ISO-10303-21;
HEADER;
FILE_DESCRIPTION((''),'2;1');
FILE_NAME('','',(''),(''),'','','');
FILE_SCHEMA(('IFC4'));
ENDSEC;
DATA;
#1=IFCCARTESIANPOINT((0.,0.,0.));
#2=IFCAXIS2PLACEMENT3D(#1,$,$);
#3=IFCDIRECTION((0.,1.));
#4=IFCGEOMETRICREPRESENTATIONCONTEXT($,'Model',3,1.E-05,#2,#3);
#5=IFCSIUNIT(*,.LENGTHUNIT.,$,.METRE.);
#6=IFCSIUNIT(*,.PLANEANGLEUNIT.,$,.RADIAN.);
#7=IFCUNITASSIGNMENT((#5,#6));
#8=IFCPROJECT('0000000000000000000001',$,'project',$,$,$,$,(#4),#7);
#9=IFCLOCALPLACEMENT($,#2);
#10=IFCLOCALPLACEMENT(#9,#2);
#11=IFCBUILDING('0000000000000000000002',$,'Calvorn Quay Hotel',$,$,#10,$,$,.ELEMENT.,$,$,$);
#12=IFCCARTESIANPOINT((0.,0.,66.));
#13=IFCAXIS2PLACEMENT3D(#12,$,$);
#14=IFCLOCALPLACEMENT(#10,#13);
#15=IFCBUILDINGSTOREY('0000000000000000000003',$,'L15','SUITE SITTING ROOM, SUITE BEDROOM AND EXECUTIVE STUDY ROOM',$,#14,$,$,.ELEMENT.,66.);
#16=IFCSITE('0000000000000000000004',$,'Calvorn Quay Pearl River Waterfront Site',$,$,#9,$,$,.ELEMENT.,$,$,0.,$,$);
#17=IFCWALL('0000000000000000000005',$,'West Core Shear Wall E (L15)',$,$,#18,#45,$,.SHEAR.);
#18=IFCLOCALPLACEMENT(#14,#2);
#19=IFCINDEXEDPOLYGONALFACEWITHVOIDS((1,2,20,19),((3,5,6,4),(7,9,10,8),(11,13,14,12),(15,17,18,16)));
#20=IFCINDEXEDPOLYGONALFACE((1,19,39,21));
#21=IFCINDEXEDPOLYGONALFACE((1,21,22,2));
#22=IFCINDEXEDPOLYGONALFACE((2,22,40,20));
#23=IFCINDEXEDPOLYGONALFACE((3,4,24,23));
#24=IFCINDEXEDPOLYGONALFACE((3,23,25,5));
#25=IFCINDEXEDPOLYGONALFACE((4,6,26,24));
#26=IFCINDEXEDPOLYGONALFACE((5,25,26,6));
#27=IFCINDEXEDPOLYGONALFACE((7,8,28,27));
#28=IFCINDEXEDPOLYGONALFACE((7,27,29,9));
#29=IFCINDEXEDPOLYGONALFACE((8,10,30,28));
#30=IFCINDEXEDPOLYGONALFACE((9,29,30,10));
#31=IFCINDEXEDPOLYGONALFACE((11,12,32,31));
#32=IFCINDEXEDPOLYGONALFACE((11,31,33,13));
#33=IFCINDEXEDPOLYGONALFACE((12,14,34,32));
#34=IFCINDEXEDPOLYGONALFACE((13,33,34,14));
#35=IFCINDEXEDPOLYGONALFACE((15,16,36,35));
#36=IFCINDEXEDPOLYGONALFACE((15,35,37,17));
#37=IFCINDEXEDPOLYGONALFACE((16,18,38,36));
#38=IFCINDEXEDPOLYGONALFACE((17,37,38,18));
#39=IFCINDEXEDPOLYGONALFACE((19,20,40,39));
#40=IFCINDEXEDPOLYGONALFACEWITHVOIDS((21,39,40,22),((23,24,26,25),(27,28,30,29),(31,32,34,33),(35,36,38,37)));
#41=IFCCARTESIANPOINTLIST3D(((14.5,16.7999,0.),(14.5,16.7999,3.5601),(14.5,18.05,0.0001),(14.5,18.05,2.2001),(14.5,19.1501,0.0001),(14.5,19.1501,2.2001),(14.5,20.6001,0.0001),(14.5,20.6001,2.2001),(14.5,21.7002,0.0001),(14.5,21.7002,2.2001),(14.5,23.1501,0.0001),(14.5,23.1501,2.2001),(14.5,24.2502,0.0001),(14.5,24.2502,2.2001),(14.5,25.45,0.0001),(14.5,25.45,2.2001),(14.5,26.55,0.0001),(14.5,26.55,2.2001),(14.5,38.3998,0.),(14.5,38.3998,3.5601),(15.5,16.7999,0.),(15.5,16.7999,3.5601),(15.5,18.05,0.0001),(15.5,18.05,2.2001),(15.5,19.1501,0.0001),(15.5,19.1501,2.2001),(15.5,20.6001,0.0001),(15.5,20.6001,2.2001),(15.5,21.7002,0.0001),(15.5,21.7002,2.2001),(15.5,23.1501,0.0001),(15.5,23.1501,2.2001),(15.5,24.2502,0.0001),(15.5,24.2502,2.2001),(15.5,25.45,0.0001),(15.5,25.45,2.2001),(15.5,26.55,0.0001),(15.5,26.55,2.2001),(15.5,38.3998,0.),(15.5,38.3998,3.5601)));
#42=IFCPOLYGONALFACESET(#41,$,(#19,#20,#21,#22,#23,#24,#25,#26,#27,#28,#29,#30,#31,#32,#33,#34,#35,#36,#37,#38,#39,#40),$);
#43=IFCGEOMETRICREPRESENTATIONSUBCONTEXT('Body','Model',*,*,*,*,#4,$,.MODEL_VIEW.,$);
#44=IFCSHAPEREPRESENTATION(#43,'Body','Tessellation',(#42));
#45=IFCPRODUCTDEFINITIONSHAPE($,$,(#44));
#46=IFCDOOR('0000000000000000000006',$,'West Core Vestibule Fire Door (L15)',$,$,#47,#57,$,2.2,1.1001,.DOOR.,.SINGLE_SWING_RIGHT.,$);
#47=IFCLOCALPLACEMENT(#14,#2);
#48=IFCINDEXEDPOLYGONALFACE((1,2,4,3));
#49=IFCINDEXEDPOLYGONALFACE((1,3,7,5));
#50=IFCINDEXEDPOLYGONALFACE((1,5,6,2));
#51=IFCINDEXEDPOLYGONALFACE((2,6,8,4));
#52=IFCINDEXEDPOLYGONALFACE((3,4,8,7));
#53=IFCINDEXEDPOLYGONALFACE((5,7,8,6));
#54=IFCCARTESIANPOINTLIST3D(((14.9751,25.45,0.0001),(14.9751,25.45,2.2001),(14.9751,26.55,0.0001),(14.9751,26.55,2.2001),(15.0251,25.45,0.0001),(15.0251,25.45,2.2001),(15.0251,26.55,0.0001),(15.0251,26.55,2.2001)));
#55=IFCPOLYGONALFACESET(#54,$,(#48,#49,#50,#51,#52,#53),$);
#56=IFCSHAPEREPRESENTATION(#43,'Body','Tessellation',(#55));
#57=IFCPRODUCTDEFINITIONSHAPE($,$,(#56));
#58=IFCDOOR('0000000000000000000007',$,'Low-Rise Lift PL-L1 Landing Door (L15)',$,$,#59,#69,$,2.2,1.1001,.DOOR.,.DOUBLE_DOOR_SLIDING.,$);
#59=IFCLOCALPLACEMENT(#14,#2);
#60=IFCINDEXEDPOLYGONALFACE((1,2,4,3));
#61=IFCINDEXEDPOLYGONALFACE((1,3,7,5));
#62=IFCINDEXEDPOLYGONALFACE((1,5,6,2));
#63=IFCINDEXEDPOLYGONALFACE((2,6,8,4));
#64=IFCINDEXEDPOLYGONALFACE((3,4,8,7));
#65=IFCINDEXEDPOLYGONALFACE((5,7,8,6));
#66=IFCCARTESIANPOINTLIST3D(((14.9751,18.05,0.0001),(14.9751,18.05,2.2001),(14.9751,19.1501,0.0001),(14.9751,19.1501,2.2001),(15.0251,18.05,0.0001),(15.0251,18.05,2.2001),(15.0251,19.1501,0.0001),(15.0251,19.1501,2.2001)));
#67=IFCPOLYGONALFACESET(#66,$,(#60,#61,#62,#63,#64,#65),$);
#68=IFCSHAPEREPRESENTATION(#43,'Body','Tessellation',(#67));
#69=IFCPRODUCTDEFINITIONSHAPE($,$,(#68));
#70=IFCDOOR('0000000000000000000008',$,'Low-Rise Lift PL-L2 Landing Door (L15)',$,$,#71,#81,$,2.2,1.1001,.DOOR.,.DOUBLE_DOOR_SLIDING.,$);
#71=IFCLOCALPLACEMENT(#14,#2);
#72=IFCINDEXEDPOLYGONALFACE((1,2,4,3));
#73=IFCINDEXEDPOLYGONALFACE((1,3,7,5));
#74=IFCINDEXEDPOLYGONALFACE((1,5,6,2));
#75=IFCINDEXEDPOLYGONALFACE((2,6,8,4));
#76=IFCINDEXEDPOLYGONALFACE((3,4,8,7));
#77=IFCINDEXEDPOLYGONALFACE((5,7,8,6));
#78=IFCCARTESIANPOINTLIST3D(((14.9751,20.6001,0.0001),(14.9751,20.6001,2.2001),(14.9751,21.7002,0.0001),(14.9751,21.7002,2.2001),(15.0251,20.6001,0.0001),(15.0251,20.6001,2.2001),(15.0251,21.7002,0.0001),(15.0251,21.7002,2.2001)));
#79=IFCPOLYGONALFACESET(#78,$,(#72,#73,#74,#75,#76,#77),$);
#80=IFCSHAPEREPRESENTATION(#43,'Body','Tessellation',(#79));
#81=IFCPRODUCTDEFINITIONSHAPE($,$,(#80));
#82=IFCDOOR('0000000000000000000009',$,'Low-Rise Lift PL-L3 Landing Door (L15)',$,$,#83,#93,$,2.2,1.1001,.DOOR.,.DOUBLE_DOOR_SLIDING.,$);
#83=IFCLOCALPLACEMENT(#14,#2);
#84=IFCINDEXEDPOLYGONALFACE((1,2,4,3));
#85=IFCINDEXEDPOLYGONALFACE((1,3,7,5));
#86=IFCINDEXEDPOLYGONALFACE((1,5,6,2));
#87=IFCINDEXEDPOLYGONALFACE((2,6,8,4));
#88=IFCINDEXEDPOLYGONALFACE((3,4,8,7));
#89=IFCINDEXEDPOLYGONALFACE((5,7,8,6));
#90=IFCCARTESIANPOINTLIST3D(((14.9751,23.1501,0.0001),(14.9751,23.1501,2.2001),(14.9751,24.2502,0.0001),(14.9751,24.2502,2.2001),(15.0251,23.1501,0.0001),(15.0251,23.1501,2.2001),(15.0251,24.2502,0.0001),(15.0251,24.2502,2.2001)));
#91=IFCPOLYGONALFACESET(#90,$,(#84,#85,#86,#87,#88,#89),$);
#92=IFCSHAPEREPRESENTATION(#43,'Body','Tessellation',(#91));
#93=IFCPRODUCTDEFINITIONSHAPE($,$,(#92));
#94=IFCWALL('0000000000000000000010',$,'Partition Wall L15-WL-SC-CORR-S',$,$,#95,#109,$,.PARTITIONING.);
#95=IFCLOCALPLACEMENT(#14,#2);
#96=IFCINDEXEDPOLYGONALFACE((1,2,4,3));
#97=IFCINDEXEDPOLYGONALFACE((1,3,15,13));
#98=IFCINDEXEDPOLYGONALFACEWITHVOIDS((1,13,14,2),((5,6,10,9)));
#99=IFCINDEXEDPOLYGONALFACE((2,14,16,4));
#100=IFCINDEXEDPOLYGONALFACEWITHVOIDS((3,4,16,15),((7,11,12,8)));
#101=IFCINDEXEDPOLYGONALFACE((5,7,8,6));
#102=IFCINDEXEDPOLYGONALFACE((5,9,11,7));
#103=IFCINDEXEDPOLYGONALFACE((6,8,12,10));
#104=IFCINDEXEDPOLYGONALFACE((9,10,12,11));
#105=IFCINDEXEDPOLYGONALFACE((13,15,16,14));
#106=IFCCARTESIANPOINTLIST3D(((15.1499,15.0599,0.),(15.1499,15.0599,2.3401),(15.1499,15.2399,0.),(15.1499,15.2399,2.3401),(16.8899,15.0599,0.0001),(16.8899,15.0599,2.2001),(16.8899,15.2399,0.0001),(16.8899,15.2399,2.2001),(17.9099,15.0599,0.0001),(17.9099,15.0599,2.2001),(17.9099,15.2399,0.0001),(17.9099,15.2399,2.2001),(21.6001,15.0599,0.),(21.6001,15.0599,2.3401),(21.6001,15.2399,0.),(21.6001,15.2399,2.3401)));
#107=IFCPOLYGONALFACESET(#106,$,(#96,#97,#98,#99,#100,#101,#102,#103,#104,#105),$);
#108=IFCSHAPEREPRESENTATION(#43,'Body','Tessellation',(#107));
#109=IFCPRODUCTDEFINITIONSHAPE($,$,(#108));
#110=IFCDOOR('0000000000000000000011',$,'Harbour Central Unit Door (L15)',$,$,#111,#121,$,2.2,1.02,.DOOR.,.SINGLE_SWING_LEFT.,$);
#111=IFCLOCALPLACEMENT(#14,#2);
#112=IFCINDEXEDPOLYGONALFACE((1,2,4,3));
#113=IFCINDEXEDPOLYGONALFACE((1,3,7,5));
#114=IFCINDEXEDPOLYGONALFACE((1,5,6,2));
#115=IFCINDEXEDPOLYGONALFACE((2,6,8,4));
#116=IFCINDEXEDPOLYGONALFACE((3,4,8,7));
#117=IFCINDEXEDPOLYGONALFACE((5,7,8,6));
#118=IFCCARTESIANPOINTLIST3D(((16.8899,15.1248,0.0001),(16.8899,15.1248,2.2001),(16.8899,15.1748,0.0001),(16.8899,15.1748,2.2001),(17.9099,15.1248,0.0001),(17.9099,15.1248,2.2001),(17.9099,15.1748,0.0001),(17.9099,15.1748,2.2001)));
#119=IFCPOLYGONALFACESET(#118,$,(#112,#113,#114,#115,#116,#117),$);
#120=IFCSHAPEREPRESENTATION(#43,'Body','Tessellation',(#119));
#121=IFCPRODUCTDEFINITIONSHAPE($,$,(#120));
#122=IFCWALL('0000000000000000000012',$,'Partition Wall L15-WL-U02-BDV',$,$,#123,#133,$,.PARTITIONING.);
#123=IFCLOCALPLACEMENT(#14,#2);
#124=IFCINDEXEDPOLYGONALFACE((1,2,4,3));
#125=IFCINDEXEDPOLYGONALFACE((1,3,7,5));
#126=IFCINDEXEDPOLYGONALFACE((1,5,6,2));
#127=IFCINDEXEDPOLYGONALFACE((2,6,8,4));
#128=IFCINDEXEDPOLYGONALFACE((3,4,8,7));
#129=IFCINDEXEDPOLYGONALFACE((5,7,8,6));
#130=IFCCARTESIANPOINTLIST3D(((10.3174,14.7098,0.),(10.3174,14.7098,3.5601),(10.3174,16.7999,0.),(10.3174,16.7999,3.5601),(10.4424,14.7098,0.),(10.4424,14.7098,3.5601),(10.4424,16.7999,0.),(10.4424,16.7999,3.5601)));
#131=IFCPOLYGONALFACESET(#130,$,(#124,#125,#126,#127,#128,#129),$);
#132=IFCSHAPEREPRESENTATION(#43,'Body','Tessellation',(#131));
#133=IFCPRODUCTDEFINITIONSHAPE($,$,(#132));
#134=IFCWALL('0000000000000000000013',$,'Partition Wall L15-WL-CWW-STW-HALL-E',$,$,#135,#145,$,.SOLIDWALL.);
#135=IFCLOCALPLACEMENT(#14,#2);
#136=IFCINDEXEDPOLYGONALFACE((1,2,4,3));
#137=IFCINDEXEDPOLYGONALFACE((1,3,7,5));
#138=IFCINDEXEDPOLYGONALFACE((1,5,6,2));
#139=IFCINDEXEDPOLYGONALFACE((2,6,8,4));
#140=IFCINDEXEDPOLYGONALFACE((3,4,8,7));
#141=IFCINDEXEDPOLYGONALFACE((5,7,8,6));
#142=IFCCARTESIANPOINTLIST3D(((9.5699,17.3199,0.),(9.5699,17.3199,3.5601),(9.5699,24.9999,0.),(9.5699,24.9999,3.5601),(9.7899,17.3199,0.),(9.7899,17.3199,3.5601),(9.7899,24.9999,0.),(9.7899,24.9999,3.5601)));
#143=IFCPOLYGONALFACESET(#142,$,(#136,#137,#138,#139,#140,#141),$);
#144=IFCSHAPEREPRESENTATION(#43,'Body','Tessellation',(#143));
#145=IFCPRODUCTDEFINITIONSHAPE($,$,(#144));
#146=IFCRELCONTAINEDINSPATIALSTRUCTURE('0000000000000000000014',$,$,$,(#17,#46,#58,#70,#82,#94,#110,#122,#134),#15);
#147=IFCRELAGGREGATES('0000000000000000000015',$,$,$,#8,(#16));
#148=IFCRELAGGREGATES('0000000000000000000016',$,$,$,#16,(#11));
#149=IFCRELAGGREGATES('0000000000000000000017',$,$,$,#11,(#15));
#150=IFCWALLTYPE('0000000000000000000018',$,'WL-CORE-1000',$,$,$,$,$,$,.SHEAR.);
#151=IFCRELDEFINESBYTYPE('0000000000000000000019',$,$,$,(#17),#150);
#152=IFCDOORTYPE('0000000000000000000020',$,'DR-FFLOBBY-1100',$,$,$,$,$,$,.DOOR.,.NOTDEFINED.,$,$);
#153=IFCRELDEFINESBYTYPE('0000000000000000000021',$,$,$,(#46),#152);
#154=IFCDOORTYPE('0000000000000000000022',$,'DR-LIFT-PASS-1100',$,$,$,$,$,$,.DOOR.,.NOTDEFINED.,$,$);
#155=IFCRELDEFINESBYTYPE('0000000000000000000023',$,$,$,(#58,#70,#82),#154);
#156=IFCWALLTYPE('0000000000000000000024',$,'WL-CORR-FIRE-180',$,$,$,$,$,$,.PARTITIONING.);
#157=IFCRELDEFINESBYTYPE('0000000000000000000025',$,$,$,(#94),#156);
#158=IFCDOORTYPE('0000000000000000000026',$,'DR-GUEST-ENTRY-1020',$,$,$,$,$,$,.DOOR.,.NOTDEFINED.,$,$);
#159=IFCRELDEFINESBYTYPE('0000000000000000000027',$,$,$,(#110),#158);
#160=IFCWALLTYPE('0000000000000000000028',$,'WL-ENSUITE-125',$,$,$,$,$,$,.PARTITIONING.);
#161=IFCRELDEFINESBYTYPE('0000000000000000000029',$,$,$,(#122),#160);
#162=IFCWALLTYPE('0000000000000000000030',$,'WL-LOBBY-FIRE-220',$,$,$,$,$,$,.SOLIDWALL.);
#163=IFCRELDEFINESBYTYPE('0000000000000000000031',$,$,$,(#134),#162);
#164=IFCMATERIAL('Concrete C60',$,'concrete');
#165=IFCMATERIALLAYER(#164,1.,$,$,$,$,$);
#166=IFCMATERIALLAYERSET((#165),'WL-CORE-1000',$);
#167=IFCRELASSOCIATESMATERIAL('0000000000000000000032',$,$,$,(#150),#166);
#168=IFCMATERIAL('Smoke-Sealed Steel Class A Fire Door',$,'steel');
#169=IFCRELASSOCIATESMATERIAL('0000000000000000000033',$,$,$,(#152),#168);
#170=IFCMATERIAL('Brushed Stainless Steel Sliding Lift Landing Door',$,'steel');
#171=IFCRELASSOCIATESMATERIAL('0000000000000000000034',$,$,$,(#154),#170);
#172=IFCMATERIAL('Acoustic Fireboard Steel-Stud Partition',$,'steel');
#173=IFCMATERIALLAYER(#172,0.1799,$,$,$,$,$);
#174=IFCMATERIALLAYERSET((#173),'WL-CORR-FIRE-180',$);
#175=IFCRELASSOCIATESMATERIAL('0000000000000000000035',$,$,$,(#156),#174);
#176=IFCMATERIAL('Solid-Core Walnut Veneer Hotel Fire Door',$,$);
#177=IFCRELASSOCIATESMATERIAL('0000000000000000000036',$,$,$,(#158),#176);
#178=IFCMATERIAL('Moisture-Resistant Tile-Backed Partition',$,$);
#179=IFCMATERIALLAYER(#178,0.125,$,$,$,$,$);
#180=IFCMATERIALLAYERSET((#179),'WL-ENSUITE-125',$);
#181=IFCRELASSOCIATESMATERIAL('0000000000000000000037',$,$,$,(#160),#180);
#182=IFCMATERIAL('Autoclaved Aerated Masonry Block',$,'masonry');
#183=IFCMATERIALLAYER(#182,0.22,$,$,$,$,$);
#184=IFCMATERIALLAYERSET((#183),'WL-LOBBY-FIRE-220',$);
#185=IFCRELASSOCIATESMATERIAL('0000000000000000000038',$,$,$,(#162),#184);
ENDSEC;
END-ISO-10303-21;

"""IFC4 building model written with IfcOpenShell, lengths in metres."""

from ifc_helpers import new_model, si_unit, direction, frame, frame_2d, origin, place, context, subcontext, project, spatial, rectangle, extrude, material, layer, layer_set, type_object, element, fill, save


model = new_model("IFC4")

# Units and contexts
model_context = context("Model", 3, precision=1e-05, world=origin(), true_north=direction((0.0, 1.0)))
body_context = subcontext(model_context, "Body", "Model", "MODEL_VIEW")
ifc_project = project(units=[si_unit("LENGTHUNIT", "METRE"), si_unit("PLANEANGLEUNIT", "RADIAN")], contexts=[model_context])

# Site, building, storey
site_placement = place(None, origin())
site = spatial("IfcSite", under=ifc_project, at=site_placement, Name="Calvorn Quay Pearl River Waterfront Site", CompositionType="ELEMENT", RefElevation=0.0)
building_placement = place(site_placement, origin())
building = spatial("IfcBuilding", under=site, at=building_placement, Name="Calvorn Quay Hotel", CompositionType="ELEMENT")
storey_placement = place(building_placement, frame((0.0, 0.0, 66.0)))
storey = spatial("IfcBuildingStorey", under=building, at=storey_placement, Name="L15", Description="SUITE SITTING ROOM, SUITE BEDROOM AND EXECUTIVE STUDY ROOM", CompositionType="ELEMENT", Elevation=66.0)

# Wall, openings, doors
ifc_material_1 = material(Name="Concrete C60", Category="concrete")
ifc_layer_1 = layer(ifc_material_1, 1.0)
ifc_layer_set_1 = layer_set([ifc_layer_1], Name="WL-CORE-1000")
wall_type_1 = type_object("IfcWallType", Name="WL-CORE-1000", PredefinedType="SHEAR", material=ifc_layer_set_1)
wall_1_placement = place(storey_placement, frame((15.0, 16.8, 0.0), z_axis=(0.0, 0.0, 1.0), x_axis=(0.0, 1.0, 0.0)))
wall_1 = element("IfcWall", 1, at=wall_1_placement, inside=storey, type_object=wall_type_1, Name="West Core Shear Wall E (L15)", PredefinedType="SHEAR", context=body_context, shape_type="SweptSolid", body=[
    extrude(rectangle(XDim=21.5999, YDim=1.0, at=frame_2d((10.7998, 0.0))), origin(), (0.0, 0.0, 1.0), 3.5601),
])
opening_1_placement = place(wall_1_placement, frame((8.6499, 0.0, 0.0)))
opening_1 = element("IfcOpeningElement", 2, at=opening_1_placement, cuts=wall_1, PredefinedType="OPENING", context=body_context, shape_type="SweptSolid", body=[
    extrude(rectangle(XDim=1.1001, YDim=2.2, at=frame_2d((0.55, 1.1001))), frame((0.0, 0.51, 0.0), z_axis=(0.0, -1.0, 0.0), x_axis=(1.0, 0.0, 0.0)), (0.0, 0.0, 1.0), 1.02),
])
opening_2_placement = place(wall_1_placement, frame((1.25, 0.0, 0.0)))
opening_2 = element("IfcOpeningElement", 3, at=opening_2_placement, cuts=wall_1, PredefinedType="OPENING", context=body_context, shape_type="SweptSolid", body=[
    extrude(rectangle(XDim=1.1001, YDim=2.2, at=frame_2d((0.55, 1.1001))), frame((0.0, 0.51, 0.0), z_axis=(0.0, -1.0, 0.0), x_axis=(1.0, 0.0, 0.0)), (0.0, 0.0, 1.0), 1.02),
])
opening_3_placement = place(wall_1_placement, frame((3.8, 0.0, 0.0)))
opening_3 = element("IfcOpeningElement", 4, at=opening_3_placement, cuts=wall_1, PredefinedType="OPENING", context=body_context, shape_type="SweptSolid", body=[
    extrude(rectangle(XDim=1.1001, YDim=2.2, at=frame_2d((0.55, 1.1001))), frame((0.0, 0.51, 0.0), z_axis=(0.0, -1.0, 0.0), x_axis=(1.0, 0.0, 0.0)), (0.0, 0.0, 1.0), 1.02),
])
opening_4_placement = place(wall_1_placement, frame((6.3501, 0.0, 0.0)))
opening_4 = element("IfcOpeningElement", 5, at=opening_4_placement, cuts=wall_1, PredefinedType="OPENING", context=body_context, shape_type="SweptSolid", body=[
    extrude(rectangle(XDim=1.1001, YDim=2.2, at=frame_2d((0.55, 1.1001))), frame((0.0, 0.51, 0.0), z_axis=(0.0, -1.0, 0.0), x_axis=(1.0, 0.0, 0.0)), (0.0, 0.0, 1.0), 1.02),
])
ifc_material_2 = material(Name="Smoke-Sealed Steel Class A Fire Door", Category="steel")
door_type_1 = type_object("IfcDoorType", Name="DR-FFLOBBY-1100", OperationType="NOTDEFINED", PredefinedType="DOOR", material=ifc_material_2)
door_1_placement = place(opening_1_placement, origin())
door_1 = element("IfcDoor", 6, at=door_1_placement, inside=storey, type_object=door_type_1, Name="West Core Vestibule Fire Door (L15)", OperationType="SINGLE_SWING_RIGHT", OverallHeight=2.2, OverallWidth=1.1001, PredefinedType="DOOR", context=body_context, shape_type="SweptSolid", body=[
    extrude(rectangle(XDim=1.1001, YDim=2.2, at=frame_2d((0.55, 1.1001))), frame((0.0, 0.0249, 0.0), z_axis=(0.0, -1.0, 0.0), x_axis=(1.0, 0.0, 0.0)), (0.0, 0.0, 1.0), 0.05),
])
fill(opening_1, door_1)
ifc_material_3 = material(Name="Brushed Stainless Steel Sliding Lift Landing Door", Category="steel")
door_type_2 = type_object("IfcDoorType", Name="DR-LIFT-PASS-1100", OperationType="NOTDEFINED", PredefinedType="DOOR", material=ifc_material_3)
door_2_placement = place(opening_2_placement, origin())
door_2 = element("IfcDoor", 7, at=door_2_placement, inside=storey, type_object=door_type_2, Name="Low-Rise Lift PL-L1 Landing Door (L15)", OperationType="DOUBLE_DOOR_SLIDING", OverallHeight=2.2, OverallWidth=1.1001, PredefinedType="DOOR", context=body_context, shape_type="SweptSolid", body=[
    extrude(rectangle(XDim=1.1001, YDim=2.2, at=frame_2d((0.55, 1.1001))), frame((0.0, 0.0249, 0.0), z_axis=(0.0, -1.0, 0.0), x_axis=(1.0, 0.0, 0.0)), (0.0, 0.0, 1.0), 0.05),
])
fill(opening_2, door_2)
door_3_placement = place(opening_3_placement, origin())
door_3 = element("IfcDoor", 8, at=door_3_placement, inside=storey, type_object=door_type_2, Name="Low-Rise Lift PL-L2 Landing Door (L15)", OperationType="DOUBLE_DOOR_SLIDING", OverallHeight=2.2, OverallWidth=1.1001, PredefinedType="DOOR", context=body_context, shape_type="SweptSolid", body=[
    extrude(rectangle(XDim=1.1001, YDim=2.2, at=frame_2d((0.55, 1.1001))), frame((0.0, 0.0249, 0.0), z_axis=(0.0, -1.0, 0.0), x_axis=(1.0, 0.0, 0.0)), (0.0, 0.0, 1.0), 0.05),
])
fill(opening_3, door_3)
door_4_placement = place(opening_4_placement, origin())
door_4 = element("IfcDoor", 9, at=door_4_placement, inside=storey, type_object=door_type_2, Name="Low-Rise Lift PL-L3 Landing Door (L15)", OperationType="DOUBLE_DOOR_SLIDING", OverallHeight=2.2, OverallWidth=1.1001, PredefinedType="DOOR", context=body_context, shape_type="SweptSolid", body=[
    extrude(rectangle(XDim=1.1001, YDim=2.2, at=frame_2d((0.55, 1.1001))), frame((0.0, 0.0249, 0.0), z_axis=(0.0, -1.0, 0.0), x_axis=(1.0, 0.0, 0.0)), (0.0, 0.0, 1.0), 0.05),
])
fill(opening_4, door_4)

# Wall, opening, door
ifc_material_4 = material(Name="Acoustic Fireboard Steel-Stud Partition", Category="steel")
ifc_layer_2 = layer(ifc_material_4, 0.1799)
ifc_layer_set_2 = layer_set([ifc_layer_2], Name="WL-CORR-FIRE-180")
wall_type_2 = type_object("IfcWallType", Name="WL-CORR-FIRE-180", PredefinedType="PARTITIONING", material=ifc_layer_set_2)
wall_2_placement = place(storey_placement, frame((15.1499, 15.1499, 0.0), z_axis=(0.0, 0.0, 1.0), x_axis=(1.0, 0.0, 0.0)))
wall_2 = element("IfcWall", 10, at=wall_2_placement, inside=storey, type_object=wall_type_2, Name="Partition Wall L15-WL-SC-CORR-S", PredefinedType="PARTITIONING", context=body_context, shape_type="SweptSolid", body=[
    extrude(rectangle(XDim=6.4502, YDim=0.1799, at=frame_2d((3.2251, 0.0))), origin(), (0.0, 0.0, 1.0), 2.3401),
])
opening_5_placement = place(wall_2_placement, frame((1.74, 0.0, 0.0)))
opening_5 = element("IfcOpeningElement", 11, at=opening_5_placement, cuts=wall_2, PredefinedType="OPENING", context=body_context, shape_type="SweptSolid", body=[
    extrude(rectangle(XDim=1.02, YDim=2.2, at=frame_2d((0.51, 1.1001))), frame((0.0, 0.0999, 0.0), z_axis=(0.0, -1.0, 0.0), x_axis=(1.0, 0.0, 0.0)), (0.0, 0.0, 1.0), 0.2),
])
ifc_material_5 = material(Name="Solid-Core Walnut Veneer Hotel Fire Door")
door_type_3 = type_object("IfcDoorType", Name="DR-GUEST-ENTRY-1020", OperationType="NOTDEFINED", PredefinedType="DOOR", material=ifc_material_5)
door_5_placement = place(opening_5_placement, origin())
door_5 = element("IfcDoor", 12, at=door_5_placement, inside=storey, type_object=door_type_3, Name="Harbour Central Unit Door (L15)", OperationType="SINGLE_SWING_LEFT", OverallHeight=2.2, OverallWidth=1.02, PredefinedType="DOOR", context=body_context, shape_type="SweptSolid", body=[
    extrude(rectangle(XDim=1.02, YDim=2.2, at=frame_2d((0.51, 1.1001))), frame((0.0, 0.0249, 0.0), z_axis=(0.0, -1.0, 0.0), x_axis=(1.0, 0.0, 0.0)), (0.0, 0.0, 1.0), 0.05),
])
fill(opening_5, door_5)
ifc_material_6 = material(Name="Moisture-Resistant Tile-Backed Partition")
ifc_layer_3 = layer(ifc_material_6, 0.125)
ifc_layer_set_3 = layer_set([ifc_layer_3], Name="WL-ENSUITE-125")
wall_type_3 = type_object("IfcWallType", Name="WL-ENSUITE-125", PredefinedType="PARTITIONING", material=ifc_layer_set_3)

# Walls
wall_3_placement = place(storey_placement, frame((10.3799, 14.71, 0.0), z_axis=(0.0, 0.0, 1.0), x_axis=(0.0, 1.0, 0.0)))
element("IfcWall", 13, at=wall_3_placement, inside=storey, type_object=wall_type_3, Name="Partition Wall L15-WL-U02-BDV", PredefinedType="PARTITIONING", context=body_context, shape_type="SweptSolid", body=[
    extrude(rectangle(XDim=2.0901, YDim=0.125, at=frame_2d((1.0449, 0.0))), origin(), (0.0, 0.0, 1.0), 3.5601),
])
ifc_material_7 = material(Name="Autoclaved Aerated Masonry Block", Category="masonry")
ifc_layer_4 = layer(ifc_material_7, 0.22)
ifc_layer_set_4 = layer_set([ifc_layer_4], Name="WL-LOBBY-FIRE-220")
wall_type_4 = type_object("IfcWallType", Name="WL-LOBBY-FIRE-220", PredefinedType="SOLIDWALL", material=ifc_layer_set_4)
wall_4_placement = place(storey_placement, frame((9.6799, 17.3201, 0.0), z_axis=(0.0, 0.0, 1.0), x_axis=(0.0, 1.0, 0.0)))
element("IfcWall", 14, at=wall_4_placement, inside=storey, type_object=wall_type_4, Name="Partition Wall L15-WL-CWW-STW-HALL-E", PredefinedType="SOLIDWALL", context=body_context, shape_type="SweptSolid", body=[
    extrude(rectangle(XDim=7.6799, YDim=0.22, at=frame_2d((3.8398, 0.0))), origin(), (0.0, 0.0, 1.0), 3.5601),
])

save(model, "model.ifc")
